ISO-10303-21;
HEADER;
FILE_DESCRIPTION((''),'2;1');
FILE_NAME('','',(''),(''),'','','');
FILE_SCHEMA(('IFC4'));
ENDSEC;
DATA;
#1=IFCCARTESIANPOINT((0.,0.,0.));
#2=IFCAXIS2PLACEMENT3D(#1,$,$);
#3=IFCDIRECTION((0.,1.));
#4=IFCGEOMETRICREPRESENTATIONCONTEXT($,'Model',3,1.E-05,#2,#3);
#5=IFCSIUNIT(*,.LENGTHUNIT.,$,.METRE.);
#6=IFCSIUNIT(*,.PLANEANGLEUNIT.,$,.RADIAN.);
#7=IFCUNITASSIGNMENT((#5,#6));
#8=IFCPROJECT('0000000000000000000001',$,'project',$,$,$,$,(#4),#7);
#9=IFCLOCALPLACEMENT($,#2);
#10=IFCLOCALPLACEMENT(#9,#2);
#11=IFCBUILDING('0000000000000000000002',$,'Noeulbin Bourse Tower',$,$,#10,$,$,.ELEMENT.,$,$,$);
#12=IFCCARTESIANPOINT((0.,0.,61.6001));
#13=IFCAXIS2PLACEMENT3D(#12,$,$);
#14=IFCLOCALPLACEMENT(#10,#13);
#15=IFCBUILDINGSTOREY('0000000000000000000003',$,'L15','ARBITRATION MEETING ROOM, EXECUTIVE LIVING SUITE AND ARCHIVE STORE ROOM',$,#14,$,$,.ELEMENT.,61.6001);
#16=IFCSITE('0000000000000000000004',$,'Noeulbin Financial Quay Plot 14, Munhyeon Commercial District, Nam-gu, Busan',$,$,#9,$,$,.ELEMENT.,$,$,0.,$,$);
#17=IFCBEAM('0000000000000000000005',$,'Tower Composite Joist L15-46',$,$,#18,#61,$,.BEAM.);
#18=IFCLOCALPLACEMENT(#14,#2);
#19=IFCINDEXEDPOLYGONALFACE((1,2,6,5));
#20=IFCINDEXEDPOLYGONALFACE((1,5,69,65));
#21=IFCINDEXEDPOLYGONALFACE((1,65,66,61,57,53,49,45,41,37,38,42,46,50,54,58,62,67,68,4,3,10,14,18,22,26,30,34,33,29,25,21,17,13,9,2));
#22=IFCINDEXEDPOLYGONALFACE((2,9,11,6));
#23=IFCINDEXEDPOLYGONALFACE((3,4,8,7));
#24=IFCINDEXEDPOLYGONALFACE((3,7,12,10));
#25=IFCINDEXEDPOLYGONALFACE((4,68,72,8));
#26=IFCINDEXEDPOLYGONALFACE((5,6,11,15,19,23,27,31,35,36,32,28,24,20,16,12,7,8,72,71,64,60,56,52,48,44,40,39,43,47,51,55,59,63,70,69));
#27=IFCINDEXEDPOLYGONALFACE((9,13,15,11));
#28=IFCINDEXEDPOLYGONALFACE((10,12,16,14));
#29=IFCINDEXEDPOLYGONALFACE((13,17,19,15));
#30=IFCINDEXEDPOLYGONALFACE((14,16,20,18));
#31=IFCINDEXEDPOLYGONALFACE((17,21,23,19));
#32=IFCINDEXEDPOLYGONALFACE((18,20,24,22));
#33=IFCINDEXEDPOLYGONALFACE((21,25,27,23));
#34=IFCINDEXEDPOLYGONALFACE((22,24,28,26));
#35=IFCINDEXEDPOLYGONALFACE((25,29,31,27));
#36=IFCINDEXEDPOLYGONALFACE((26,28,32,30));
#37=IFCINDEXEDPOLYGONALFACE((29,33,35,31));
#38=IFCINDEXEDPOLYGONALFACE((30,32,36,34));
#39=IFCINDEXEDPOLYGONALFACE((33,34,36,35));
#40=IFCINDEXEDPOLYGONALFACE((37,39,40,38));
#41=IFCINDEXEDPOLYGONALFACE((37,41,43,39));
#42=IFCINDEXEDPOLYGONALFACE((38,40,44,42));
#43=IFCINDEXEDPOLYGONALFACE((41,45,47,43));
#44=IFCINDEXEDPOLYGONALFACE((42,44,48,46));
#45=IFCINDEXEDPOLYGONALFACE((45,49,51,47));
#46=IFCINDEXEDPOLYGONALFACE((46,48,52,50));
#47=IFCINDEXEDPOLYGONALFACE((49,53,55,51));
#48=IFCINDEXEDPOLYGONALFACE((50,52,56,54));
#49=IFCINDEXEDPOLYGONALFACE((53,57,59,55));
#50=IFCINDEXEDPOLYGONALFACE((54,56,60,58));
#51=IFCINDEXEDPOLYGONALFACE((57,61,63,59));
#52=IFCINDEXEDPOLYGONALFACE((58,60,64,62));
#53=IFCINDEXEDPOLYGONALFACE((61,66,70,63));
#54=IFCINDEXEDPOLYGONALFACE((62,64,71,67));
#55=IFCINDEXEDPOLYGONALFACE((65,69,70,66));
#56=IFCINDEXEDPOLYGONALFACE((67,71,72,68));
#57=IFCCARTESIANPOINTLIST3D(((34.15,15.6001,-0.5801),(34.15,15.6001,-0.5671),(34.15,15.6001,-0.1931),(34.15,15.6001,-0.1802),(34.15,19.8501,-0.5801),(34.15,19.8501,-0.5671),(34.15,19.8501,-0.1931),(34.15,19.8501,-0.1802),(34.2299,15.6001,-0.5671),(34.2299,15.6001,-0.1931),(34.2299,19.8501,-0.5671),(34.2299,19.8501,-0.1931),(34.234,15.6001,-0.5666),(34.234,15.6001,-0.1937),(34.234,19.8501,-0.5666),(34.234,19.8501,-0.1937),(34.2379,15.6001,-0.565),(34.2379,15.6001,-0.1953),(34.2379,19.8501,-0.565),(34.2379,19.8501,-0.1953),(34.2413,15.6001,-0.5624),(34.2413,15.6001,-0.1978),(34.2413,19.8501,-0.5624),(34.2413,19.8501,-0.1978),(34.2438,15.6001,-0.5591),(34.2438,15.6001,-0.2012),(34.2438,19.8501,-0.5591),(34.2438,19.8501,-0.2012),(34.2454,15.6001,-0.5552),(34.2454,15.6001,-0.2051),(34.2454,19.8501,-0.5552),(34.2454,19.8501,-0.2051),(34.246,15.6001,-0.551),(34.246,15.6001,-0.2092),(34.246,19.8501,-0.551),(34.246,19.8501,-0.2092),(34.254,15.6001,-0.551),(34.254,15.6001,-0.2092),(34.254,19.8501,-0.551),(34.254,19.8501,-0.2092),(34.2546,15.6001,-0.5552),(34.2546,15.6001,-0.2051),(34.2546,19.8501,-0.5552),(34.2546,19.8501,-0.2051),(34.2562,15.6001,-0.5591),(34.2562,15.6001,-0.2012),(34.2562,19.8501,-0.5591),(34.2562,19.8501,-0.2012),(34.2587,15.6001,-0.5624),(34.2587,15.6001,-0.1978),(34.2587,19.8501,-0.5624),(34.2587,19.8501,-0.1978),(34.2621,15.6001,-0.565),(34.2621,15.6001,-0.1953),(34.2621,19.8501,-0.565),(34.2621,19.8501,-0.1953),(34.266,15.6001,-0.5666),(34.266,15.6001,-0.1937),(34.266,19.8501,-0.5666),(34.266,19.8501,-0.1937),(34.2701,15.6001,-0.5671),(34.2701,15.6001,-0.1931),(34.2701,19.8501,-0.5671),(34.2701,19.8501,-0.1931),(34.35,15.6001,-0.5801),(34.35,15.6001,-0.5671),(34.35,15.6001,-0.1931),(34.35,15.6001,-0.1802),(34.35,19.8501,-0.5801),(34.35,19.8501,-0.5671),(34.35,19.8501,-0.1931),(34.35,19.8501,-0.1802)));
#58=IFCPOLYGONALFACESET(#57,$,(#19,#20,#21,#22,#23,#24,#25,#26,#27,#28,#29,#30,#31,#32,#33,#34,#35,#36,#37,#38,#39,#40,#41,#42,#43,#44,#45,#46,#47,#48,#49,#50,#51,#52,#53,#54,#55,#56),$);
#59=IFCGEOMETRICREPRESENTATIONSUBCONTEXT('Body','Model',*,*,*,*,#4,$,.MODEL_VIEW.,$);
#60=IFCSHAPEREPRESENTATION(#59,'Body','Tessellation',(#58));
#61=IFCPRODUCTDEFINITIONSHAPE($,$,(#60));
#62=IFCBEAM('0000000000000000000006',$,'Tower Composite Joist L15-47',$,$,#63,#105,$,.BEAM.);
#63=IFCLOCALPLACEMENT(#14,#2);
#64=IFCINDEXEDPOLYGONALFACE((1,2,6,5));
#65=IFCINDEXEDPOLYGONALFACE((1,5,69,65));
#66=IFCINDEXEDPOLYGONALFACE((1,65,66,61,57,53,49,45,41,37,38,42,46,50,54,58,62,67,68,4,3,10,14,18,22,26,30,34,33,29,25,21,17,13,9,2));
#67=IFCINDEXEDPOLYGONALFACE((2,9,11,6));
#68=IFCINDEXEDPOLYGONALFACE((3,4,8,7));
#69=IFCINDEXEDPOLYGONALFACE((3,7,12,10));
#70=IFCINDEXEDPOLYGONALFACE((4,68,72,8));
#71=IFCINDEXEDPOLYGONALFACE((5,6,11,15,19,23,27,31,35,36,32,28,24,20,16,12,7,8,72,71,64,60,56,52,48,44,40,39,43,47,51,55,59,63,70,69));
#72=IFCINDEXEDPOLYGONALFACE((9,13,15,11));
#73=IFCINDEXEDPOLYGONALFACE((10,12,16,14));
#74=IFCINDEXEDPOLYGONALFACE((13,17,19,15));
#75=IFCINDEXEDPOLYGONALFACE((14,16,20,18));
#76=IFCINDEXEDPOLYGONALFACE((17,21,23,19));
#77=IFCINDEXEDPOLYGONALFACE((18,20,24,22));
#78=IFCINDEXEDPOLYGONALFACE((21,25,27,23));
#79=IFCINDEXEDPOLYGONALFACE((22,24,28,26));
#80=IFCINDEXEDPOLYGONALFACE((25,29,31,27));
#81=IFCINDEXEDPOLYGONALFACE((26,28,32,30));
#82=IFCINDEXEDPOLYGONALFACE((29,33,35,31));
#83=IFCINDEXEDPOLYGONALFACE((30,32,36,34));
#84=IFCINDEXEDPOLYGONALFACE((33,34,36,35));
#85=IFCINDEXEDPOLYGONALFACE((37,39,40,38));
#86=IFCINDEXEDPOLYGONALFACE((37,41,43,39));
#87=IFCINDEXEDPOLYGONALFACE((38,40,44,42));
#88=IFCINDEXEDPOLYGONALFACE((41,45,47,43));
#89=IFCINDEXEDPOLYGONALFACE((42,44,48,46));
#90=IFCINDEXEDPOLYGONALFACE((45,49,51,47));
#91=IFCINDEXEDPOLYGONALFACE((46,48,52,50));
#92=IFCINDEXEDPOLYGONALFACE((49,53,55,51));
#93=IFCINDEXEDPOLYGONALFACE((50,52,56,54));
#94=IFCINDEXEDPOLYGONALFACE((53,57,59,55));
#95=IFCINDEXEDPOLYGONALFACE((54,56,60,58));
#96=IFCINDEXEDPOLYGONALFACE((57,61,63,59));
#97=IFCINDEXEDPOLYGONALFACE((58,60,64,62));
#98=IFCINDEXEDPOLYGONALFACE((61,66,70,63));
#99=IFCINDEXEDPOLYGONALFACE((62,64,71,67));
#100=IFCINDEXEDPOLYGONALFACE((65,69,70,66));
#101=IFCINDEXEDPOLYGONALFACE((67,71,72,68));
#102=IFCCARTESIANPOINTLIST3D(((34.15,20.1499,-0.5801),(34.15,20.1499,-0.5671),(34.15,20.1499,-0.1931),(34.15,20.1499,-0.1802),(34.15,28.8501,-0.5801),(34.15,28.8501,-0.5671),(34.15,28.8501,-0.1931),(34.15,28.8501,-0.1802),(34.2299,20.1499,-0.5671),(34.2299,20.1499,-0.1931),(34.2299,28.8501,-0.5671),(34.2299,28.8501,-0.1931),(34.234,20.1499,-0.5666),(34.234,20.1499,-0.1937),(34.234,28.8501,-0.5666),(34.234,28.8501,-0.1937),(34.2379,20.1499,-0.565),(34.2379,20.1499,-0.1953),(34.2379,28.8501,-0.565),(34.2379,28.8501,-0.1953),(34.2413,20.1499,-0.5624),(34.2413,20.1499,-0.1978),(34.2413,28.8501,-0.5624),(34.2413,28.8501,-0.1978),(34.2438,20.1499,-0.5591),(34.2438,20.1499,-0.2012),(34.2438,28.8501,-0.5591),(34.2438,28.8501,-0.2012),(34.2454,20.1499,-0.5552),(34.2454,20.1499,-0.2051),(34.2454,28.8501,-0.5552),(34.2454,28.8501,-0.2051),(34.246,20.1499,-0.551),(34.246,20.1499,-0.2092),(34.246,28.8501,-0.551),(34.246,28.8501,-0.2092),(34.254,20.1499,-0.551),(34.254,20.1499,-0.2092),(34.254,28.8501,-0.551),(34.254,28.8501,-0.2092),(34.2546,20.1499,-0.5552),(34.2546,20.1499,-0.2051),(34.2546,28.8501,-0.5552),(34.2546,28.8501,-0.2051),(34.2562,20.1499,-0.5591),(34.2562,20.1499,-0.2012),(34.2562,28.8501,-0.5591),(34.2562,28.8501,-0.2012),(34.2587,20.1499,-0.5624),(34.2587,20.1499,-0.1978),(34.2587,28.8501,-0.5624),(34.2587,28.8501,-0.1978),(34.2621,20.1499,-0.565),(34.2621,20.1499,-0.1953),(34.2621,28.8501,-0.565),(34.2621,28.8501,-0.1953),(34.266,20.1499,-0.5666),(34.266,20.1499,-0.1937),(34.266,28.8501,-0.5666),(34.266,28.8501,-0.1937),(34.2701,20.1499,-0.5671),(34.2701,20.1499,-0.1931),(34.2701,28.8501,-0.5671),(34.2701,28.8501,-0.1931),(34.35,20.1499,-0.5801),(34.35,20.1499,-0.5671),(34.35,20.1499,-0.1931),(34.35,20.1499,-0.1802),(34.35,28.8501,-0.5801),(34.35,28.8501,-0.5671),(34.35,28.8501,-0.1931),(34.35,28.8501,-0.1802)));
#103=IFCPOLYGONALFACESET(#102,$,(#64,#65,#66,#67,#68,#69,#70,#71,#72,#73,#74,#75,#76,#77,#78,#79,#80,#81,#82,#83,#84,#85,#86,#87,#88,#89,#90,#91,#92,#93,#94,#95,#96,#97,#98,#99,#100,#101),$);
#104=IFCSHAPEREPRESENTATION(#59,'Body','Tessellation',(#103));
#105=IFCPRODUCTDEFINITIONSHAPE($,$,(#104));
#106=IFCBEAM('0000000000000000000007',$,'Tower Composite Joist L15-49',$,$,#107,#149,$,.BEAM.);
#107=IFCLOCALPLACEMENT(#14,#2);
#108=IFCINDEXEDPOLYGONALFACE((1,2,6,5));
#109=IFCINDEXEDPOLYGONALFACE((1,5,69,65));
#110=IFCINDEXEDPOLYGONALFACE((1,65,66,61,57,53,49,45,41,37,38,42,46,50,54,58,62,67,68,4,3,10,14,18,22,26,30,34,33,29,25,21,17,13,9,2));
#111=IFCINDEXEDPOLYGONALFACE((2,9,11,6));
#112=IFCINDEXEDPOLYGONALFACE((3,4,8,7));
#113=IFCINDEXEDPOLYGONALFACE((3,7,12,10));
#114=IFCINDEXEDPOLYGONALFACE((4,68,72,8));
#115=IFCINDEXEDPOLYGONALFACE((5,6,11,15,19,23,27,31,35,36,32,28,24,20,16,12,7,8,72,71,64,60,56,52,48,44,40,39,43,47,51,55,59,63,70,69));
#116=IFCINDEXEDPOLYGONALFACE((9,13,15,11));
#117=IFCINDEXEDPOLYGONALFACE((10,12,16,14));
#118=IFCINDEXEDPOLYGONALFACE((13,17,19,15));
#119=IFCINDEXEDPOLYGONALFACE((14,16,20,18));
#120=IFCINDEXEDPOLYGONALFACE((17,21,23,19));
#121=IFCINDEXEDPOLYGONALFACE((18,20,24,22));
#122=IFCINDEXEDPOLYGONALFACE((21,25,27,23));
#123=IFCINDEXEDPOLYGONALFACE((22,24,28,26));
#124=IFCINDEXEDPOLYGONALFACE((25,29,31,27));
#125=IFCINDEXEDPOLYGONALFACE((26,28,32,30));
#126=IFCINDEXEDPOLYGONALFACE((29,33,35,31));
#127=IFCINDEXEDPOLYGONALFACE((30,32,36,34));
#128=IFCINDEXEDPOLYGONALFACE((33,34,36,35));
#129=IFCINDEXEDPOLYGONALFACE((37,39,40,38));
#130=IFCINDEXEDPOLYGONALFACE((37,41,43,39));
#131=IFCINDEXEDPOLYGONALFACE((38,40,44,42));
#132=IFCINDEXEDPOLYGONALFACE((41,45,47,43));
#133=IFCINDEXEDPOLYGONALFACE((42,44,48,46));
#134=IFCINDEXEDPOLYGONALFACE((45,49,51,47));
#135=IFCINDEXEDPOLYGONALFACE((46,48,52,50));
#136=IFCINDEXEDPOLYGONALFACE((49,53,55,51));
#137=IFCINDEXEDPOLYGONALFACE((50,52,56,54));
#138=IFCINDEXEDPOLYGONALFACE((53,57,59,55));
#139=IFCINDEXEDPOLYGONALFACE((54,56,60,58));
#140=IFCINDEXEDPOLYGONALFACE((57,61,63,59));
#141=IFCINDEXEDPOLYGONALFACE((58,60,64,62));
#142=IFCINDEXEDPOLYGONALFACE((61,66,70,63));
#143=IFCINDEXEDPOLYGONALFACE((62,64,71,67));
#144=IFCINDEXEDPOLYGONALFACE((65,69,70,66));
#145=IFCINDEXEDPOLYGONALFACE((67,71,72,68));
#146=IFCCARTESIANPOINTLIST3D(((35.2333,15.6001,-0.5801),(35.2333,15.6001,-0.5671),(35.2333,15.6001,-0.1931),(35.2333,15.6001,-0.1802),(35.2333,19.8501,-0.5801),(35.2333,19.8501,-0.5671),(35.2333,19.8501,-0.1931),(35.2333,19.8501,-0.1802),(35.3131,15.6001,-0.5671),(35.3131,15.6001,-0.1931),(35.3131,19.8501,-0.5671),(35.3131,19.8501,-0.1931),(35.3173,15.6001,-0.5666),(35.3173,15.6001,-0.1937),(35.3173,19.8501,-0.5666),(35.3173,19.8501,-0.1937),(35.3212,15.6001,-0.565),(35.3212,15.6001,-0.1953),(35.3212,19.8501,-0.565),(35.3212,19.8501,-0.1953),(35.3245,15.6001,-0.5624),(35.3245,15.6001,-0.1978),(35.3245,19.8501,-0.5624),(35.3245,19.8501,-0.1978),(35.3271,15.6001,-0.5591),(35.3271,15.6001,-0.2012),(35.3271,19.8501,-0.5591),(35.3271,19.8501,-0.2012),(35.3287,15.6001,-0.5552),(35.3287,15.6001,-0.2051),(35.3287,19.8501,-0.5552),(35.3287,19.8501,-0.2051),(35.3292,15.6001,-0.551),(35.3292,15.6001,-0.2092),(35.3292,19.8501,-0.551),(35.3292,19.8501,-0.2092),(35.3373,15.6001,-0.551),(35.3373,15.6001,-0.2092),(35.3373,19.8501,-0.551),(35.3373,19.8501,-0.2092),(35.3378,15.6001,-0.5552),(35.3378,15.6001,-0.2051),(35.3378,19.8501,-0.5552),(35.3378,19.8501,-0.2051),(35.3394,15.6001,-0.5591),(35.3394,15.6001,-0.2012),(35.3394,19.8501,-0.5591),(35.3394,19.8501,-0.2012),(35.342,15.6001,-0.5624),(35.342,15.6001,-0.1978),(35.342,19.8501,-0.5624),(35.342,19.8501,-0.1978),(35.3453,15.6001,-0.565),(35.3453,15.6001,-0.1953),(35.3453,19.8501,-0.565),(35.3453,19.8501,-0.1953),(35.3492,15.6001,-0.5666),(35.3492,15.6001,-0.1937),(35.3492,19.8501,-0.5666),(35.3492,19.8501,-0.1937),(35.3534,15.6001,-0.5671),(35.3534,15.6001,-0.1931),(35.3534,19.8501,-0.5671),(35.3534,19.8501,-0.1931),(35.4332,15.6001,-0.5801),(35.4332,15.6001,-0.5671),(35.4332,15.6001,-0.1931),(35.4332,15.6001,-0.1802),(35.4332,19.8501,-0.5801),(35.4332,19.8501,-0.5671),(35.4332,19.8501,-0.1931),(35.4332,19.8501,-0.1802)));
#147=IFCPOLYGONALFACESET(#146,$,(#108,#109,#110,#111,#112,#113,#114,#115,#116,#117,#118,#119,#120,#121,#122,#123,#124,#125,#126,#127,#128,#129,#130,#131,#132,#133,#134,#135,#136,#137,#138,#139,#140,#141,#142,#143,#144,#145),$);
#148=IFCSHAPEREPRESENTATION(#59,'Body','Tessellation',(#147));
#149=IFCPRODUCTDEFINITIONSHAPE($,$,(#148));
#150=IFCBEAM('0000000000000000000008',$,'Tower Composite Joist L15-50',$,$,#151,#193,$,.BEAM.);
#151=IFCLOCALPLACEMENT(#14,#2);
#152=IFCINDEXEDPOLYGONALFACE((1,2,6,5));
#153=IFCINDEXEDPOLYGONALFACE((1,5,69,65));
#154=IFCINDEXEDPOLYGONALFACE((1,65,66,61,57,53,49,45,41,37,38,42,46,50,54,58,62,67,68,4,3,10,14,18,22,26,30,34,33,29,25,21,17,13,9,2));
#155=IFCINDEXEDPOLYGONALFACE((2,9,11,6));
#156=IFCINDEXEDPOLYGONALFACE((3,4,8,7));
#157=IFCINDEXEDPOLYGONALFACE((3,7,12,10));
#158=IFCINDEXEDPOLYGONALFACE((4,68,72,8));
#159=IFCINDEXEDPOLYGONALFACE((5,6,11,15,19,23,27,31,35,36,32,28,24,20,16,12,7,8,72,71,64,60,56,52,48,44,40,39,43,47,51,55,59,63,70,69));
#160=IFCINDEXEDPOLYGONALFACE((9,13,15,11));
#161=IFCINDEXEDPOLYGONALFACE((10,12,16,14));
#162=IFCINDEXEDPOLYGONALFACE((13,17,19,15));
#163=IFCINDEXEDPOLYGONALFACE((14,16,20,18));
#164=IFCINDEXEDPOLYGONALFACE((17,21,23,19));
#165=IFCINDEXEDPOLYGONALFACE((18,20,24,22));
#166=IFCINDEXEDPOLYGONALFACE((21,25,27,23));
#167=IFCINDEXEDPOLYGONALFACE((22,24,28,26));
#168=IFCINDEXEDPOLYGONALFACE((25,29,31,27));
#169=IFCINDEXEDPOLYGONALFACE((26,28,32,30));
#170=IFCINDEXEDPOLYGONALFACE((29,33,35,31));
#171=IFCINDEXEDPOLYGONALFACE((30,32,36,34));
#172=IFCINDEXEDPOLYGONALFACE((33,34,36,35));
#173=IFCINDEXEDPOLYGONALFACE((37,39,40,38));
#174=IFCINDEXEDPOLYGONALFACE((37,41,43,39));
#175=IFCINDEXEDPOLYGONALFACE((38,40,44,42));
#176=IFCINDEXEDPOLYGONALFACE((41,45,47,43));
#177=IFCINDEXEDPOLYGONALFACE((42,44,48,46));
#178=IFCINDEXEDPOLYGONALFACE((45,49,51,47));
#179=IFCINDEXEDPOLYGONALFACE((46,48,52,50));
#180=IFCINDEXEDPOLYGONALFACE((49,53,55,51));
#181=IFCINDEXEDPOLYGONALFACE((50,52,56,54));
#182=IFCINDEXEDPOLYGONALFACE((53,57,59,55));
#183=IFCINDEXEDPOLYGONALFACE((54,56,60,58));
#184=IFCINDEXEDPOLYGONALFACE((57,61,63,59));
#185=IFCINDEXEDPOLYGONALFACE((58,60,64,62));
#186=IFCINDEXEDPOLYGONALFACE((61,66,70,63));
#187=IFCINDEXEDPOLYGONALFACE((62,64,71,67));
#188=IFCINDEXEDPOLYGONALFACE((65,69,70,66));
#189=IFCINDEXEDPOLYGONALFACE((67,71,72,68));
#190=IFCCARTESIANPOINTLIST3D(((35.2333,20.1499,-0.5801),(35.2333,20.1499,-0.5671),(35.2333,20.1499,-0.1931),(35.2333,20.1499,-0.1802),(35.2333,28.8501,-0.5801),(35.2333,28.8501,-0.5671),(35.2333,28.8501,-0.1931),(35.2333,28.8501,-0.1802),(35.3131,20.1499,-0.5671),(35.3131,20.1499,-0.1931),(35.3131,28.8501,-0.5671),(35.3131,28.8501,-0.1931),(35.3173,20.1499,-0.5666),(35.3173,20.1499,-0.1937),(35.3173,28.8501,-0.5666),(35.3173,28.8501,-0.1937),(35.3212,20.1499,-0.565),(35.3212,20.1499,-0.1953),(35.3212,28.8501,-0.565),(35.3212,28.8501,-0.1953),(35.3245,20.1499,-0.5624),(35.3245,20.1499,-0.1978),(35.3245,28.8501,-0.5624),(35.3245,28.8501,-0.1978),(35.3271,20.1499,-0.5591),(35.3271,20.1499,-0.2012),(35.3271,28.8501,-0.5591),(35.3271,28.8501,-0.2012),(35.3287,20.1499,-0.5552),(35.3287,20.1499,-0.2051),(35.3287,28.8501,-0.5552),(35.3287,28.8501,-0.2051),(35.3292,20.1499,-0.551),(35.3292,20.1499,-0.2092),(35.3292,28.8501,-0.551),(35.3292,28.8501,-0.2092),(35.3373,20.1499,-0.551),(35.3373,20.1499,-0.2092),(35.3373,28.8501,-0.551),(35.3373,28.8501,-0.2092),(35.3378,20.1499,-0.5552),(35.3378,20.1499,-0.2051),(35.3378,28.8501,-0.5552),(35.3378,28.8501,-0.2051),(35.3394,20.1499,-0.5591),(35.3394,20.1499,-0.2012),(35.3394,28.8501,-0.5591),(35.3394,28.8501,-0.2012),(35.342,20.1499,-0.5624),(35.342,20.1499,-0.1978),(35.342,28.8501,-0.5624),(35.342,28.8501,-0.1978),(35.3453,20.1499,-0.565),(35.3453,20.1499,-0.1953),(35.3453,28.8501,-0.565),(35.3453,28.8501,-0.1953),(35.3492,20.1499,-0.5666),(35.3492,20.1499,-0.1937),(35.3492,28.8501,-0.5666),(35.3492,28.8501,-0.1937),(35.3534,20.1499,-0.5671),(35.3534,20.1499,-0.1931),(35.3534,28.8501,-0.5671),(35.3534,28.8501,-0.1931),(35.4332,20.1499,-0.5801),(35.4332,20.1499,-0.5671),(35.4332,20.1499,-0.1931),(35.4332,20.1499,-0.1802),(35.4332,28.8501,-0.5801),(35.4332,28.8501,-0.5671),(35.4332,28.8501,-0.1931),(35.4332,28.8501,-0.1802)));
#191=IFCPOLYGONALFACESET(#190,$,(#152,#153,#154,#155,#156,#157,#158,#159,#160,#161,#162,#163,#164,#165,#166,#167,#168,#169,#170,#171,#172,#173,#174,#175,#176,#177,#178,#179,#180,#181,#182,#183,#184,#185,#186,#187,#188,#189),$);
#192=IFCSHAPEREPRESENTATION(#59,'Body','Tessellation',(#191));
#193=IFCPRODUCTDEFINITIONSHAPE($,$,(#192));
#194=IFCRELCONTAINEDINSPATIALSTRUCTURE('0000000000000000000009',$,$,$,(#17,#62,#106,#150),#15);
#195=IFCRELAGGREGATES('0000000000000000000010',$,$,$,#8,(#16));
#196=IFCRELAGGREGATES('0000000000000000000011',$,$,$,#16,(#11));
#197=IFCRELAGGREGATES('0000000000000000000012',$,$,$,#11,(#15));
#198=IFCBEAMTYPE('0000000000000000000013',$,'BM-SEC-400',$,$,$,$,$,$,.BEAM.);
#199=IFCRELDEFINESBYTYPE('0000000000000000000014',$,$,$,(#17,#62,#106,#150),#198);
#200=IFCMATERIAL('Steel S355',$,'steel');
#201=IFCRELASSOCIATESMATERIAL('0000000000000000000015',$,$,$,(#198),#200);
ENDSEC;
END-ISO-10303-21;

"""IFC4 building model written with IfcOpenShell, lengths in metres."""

from ifc_helpers import new_model, si_unit, direction, frame, origin, origin_2d, place, context, subcontext, project, spatial, i_section, extrude, material, material_profile, profile_set, type_object, element, save


model = new_model("IFC4")

# Units and contexts
model_context = context("Model", 3, precision=1e-05, world=origin(), true_north=direction((0.0, 1.0)))
body_context = subcontext(model_context, "Body", "Model", "MODEL_VIEW")
ifc_project = project(units=[si_unit("LENGTHUNIT", "METRE"), si_unit("PLANEANGLEUNIT", "RADIAN")], contexts=[model_context])

# Site, building, storey
site_placement = place(None, origin())
site = spatial("IfcSite", under=ifc_project, at=site_placement, Name="Noeulbin Financial Quay Plot 14, Munhyeon Commercial District, Nam-gu, Busan", CompositionType="ELEMENT", RefElevation=0.0)
building_placement = place(site_placement, origin())
building = spatial("IfcBuilding", under=site, at=building_placement, Name="Noeulbin Bourse Tower", CompositionType="ELEMENT")
storey_placement = place(building_placement, frame((0.0, 0.0, 61.6001)))
storey = spatial("IfcBuildingStorey", under=building, at=storey_placement, Name="L15", Description="ARBITRATION MEETING ROOM, EXECUTIVE LIVING SUITE AND ARCHIVE STORE ROOM", CompositionType="ELEMENT", Elevation=61.6001)

# Beams
ifc_material_1 = material(Name="Steel S355", Category="steel")
ifc_material_profile_1 = material_profile(ifc_material_1, i_section(OverallWidth=0.2, OverallDepth=0.3999, WebThickness=0.0081, FlangeThickness=0.0129, FilletRadius=0.0161, at=origin_2d()), Name="H-400x200x8x13", Category="LoadBearing")
ifc_profile_set_1 = profile_set([ifc_material_profile_1], Name="Steel S355")
beam_type_1 = type_object("IfcBeamType", Name="BM-SEC-400", PredefinedType="BEAM", material=ifc_profile_set_1)
beam_1_placement = place(storey_placement, frame((34.25, 15.6001, -0.3801), z_axis=(0.0, 1.0, 0.0), x_axis=(-1.0, 0.0, 0.0)))
element("IfcBeam", 1, at=beam_1_placement, inside=storey, type_object=beam_type_1, Name="Tower Composite Joist L15-46", PredefinedType="BEAM", context=body_context, shape_type="SweptSolid", body=[
    extrude(i_section(OverallWidth=0.2, OverallDepth=0.3999, WebThickness=0.0081, FlangeThickness=0.0129, FilletRadius=0.0161, at=origin_2d()), origin(), (0.0, 0.0, 1.0), 4.25),
])
beam_2_placement = place(storey_placement, frame((34.25, 20.1499, -0.3801), z_axis=(0.0, 1.0, 0.0), x_axis=(-1.0, 0.0, 0.0)))
element("IfcBeam", 2, at=beam_2_placement, inside=storey, type_object=beam_type_1, Name="Tower Composite Joist L15-47", PredefinedType="BEAM", context=body_context, shape_type="SweptSolid", body=[
    extrude(i_section(OverallWidth=0.2, OverallDepth=0.3999, WebThickness=0.0081, FlangeThickness=0.0129, FilletRadius=0.0161, at=origin_2d()), origin(), (0.0, 0.0, 1.0), 8.7002),
])
beam_3_placement = place(storey_placement, frame((35.3333, 15.6001, -0.3801), z_axis=(0.0, 1.0, 0.0), x_axis=(-1.0, 0.0, 0.0)))
element("IfcBeam", 3, at=beam_3_placement, inside=storey, type_object=beam_type_1, Name="Tower Composite Joist L15-49", PredefinedType="BEAM", context=body_context, shape_type="SweptSolid", body=[
    extrude(i_section(OverallWidth=0.2, OverallDepth=0.3999, WebThickness=0.0081, FlangeThickness=0.0129, FilletRadius=0.0161, at=origin_2d()), origin(), (0.0, 0.0, 1.0), 4.25),
])
beam_4_placement = place(storey_placement, frame((35.3333, 20.1499, -0.3801), z_axis=(0.0, 1.0, 0.0), x_axis=(-1.0, 0.0, 0.0)))
element("IfcBeam", 4, at=beam_4_placement, inside=storey, type_object=beam_type_1, Name="Tower Composite Joist L15-50", PredefinedType="BEAM", context=body_context, shape_type="SweptSolid", body=[
    extrude(i_section(OverallWidth=0.2, OverallDepth=0.3999, WebThickness=0.0081, FlangeThickness=0.0129, FilletRadius=0.0161, at=origin_2d()), origin(), (0.0, 0.0, 1.0), 8.7002),
])

save(model, "model.ifc")
